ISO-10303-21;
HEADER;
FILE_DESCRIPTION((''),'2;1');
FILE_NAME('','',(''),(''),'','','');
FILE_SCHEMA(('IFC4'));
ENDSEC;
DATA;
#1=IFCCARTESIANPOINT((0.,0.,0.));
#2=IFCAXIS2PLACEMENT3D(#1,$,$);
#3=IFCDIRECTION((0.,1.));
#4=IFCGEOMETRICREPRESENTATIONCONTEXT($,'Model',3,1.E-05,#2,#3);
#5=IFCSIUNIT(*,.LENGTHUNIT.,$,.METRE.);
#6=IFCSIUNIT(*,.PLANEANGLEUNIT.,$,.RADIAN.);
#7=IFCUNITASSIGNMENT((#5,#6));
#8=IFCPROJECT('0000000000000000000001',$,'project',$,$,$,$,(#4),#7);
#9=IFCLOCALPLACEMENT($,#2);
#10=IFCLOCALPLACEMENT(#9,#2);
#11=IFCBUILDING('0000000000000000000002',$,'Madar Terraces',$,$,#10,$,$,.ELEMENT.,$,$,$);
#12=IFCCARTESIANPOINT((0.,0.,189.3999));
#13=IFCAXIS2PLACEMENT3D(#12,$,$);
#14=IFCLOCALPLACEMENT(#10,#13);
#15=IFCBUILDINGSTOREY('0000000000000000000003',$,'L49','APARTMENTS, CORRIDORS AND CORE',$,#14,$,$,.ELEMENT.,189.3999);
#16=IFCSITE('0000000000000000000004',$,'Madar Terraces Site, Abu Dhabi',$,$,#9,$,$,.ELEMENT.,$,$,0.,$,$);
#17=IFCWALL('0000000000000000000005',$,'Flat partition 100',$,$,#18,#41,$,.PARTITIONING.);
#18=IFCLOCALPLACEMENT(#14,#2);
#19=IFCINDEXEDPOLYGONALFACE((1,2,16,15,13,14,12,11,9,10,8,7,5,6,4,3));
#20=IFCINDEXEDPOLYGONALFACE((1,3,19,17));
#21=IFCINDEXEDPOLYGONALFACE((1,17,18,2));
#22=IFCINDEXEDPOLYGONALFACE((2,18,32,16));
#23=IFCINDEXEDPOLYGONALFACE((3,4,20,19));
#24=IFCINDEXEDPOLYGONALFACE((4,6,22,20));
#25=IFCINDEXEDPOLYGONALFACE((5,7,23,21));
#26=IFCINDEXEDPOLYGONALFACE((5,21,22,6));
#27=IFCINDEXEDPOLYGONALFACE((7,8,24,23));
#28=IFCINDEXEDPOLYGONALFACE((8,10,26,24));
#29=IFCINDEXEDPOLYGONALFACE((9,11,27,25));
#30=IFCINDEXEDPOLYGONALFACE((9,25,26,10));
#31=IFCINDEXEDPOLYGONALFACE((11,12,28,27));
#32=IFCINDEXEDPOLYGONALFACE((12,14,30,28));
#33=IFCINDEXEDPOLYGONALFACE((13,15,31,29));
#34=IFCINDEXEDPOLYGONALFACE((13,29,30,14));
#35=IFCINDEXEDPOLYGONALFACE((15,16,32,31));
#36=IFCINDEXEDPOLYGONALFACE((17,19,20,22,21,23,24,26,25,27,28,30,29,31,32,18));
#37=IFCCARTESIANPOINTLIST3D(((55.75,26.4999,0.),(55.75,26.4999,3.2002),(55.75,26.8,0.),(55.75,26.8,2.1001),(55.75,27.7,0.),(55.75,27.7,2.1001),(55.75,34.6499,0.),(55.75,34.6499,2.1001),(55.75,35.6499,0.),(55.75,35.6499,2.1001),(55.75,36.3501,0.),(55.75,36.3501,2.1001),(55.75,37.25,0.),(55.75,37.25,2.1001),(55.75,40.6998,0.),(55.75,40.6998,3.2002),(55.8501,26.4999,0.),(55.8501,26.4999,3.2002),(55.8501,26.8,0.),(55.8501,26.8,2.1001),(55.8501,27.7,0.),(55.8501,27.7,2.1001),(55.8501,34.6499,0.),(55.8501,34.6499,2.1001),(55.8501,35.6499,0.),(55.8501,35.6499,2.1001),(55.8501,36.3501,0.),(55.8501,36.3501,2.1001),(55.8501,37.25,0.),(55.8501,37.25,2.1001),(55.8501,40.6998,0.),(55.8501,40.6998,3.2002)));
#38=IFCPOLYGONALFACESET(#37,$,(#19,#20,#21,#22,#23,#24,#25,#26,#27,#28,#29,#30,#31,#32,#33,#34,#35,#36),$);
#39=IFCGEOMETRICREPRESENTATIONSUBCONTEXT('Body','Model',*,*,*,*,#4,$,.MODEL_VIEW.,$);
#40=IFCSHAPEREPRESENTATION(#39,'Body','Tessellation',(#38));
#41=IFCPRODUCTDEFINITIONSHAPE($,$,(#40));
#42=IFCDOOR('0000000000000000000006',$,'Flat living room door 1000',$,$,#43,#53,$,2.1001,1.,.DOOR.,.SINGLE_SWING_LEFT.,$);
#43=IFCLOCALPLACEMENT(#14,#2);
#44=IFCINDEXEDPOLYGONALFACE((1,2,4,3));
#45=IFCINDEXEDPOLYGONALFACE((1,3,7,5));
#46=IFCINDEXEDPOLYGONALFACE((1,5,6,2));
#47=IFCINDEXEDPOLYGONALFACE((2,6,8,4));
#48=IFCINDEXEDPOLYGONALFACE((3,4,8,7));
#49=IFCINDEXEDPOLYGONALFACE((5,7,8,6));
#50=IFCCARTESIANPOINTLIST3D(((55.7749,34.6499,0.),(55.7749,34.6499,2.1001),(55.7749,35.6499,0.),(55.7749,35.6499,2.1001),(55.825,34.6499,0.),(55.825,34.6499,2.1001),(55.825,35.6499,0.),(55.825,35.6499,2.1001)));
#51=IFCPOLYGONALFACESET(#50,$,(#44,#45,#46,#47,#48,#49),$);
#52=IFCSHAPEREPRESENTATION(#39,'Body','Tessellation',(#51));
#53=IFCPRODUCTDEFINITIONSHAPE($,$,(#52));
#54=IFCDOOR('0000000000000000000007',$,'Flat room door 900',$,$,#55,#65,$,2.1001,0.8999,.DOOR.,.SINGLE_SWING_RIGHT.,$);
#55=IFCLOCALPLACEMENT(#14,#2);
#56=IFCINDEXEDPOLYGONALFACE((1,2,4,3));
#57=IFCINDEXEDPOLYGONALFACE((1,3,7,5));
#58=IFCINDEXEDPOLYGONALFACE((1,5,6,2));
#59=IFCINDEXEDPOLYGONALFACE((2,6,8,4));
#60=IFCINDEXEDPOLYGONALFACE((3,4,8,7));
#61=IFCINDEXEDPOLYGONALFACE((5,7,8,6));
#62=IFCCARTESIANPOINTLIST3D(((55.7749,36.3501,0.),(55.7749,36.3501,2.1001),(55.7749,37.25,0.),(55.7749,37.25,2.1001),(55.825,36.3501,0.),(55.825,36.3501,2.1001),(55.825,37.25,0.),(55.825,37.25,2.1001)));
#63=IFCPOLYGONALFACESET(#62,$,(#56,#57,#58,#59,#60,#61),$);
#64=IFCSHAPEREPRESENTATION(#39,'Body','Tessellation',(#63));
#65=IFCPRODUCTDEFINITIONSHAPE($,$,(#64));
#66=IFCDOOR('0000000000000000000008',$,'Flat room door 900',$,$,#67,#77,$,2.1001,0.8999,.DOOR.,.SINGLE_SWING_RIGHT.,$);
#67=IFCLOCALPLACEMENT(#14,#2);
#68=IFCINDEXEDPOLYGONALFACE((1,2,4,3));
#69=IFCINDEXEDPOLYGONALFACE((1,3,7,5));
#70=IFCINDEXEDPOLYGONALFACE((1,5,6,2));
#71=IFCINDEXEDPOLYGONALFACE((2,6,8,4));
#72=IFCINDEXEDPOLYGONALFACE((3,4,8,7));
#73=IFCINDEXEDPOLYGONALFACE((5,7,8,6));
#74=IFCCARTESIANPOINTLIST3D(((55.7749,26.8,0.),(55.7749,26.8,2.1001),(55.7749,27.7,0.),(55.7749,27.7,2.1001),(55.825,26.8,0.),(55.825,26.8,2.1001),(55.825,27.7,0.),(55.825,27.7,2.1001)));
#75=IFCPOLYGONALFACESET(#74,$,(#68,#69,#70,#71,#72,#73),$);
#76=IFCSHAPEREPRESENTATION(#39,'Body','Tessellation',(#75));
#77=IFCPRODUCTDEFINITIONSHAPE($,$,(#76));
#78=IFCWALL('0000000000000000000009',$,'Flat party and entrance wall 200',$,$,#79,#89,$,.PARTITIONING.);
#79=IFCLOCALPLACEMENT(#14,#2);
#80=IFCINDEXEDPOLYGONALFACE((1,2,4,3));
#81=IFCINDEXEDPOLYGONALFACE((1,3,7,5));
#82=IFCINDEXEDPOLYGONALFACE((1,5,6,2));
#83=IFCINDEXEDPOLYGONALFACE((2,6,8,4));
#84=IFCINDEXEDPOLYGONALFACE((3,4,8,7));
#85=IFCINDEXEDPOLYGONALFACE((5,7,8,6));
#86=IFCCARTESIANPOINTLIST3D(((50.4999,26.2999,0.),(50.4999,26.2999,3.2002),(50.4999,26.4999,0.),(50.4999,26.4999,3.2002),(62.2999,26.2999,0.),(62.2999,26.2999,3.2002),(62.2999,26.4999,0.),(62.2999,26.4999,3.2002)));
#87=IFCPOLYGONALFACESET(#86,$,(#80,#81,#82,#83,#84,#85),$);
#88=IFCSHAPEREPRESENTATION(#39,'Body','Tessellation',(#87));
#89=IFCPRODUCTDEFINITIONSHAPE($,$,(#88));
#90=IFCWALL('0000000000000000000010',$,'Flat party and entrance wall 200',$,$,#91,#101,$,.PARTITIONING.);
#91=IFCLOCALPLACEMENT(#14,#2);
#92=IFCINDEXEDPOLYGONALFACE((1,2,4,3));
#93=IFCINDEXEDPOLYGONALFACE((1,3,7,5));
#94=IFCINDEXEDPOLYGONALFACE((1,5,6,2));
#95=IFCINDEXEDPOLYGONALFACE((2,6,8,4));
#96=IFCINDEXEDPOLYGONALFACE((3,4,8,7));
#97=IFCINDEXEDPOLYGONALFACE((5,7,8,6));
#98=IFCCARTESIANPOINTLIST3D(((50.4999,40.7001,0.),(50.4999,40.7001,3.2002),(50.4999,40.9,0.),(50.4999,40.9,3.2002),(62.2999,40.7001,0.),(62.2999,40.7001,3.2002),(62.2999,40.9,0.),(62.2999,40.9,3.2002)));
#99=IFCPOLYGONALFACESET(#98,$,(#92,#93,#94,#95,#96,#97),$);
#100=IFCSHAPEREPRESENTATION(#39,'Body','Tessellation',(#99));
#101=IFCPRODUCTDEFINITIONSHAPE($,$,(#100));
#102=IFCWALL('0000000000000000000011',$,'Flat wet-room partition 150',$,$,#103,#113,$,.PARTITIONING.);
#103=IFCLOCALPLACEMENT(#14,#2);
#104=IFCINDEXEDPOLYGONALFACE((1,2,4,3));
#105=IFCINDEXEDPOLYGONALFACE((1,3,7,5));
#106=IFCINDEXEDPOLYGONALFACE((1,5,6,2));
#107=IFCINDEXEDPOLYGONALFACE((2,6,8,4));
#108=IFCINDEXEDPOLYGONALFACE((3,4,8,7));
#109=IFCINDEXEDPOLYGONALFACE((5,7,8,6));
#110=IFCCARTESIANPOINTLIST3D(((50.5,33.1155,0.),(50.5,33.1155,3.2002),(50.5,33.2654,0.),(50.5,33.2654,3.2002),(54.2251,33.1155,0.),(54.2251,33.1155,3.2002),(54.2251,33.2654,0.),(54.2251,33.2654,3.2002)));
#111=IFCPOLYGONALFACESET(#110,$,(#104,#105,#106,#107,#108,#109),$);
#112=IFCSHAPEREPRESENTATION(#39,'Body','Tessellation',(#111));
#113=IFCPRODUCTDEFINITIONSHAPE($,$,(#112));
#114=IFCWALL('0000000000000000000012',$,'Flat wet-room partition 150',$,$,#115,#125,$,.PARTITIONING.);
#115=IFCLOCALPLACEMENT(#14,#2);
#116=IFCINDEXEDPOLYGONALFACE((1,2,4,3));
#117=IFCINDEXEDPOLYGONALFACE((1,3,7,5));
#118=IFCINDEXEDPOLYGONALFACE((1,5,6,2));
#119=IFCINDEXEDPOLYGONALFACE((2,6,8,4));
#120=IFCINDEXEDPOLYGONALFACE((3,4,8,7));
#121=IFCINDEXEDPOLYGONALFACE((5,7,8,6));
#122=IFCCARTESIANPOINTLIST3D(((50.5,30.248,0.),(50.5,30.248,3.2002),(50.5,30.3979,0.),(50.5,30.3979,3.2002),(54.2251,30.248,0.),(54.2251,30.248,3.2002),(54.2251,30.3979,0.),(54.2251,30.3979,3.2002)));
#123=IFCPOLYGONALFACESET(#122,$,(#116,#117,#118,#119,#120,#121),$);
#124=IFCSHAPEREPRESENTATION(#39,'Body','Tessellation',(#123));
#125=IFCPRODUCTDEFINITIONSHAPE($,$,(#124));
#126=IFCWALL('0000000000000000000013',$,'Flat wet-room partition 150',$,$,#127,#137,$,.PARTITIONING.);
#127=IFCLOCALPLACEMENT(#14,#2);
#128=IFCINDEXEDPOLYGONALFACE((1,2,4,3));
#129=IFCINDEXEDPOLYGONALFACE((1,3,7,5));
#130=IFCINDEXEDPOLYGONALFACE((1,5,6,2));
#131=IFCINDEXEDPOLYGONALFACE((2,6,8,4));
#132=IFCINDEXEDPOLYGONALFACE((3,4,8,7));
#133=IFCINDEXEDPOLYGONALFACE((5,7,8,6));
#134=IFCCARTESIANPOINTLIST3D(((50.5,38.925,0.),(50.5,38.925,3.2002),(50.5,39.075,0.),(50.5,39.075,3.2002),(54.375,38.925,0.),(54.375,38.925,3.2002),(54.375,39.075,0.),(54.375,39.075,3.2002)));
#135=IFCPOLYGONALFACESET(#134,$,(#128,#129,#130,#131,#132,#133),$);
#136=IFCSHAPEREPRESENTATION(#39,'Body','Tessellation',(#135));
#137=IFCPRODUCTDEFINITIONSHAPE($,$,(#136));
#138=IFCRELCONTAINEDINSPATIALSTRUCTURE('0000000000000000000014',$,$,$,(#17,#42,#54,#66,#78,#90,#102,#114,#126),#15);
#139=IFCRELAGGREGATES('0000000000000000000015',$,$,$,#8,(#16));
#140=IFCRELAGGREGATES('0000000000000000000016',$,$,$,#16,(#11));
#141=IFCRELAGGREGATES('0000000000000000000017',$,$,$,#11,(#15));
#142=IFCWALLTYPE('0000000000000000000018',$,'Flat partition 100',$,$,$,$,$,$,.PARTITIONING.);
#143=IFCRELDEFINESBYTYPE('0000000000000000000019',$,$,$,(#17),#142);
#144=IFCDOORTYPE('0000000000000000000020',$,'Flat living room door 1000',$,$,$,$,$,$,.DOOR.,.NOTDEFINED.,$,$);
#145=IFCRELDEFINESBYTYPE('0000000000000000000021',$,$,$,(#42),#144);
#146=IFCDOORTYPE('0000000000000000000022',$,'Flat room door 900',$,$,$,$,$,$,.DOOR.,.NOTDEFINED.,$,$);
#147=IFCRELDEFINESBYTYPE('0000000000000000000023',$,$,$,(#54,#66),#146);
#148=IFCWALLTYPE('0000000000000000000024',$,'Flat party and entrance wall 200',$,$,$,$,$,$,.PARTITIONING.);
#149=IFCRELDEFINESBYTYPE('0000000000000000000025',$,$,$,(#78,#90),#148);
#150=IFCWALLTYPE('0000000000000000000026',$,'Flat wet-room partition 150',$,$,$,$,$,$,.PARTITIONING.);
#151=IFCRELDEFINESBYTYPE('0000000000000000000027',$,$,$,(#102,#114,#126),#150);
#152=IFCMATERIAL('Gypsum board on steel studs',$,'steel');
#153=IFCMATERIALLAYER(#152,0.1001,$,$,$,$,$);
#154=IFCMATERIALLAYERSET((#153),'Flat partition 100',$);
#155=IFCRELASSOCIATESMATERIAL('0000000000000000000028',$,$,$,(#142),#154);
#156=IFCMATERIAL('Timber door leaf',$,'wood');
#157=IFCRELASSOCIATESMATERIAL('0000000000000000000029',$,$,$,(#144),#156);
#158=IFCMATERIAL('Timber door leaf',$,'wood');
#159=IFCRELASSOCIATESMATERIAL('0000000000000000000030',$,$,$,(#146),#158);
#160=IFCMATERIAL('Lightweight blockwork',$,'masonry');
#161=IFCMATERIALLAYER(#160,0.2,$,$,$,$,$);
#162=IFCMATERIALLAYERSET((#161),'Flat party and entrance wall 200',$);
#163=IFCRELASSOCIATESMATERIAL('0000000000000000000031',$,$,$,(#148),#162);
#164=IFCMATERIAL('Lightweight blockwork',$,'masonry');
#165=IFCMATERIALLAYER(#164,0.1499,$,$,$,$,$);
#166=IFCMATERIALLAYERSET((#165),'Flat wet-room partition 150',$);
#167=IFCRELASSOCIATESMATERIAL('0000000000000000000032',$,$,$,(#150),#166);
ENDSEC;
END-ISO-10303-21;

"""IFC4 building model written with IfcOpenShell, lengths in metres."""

from ifc_helpers import new_model, si_unit, direction, frame, frame_2d, origin, place, context, subcontext, project, spatial, rectangle, extrude, material, layer, layer_set, type_object, element, fill, save


model = new_model("IFC4")

# Units and contexts
model_context = context("Model", 3, precision=1e-05, world=origin(), true_north=direction((0.0, 1.0)))
body_context = subcontext(model_context, "Body", "Model", "MODEL_VIEW")
ifc_project = project(units=[si_unit("LENGTHUNIT", "METRE"), si_unit("PLANEANGLEUNIT", "RADIAN")], contexts=[model_context])

# Site, building, storey
site_placement = place(None, origin())
site = spatial("IfcSite", under=ifc_project, at=site_placement, Name="Madar Terraces Site, Abu Dhabi", CompositionType="ELEMENT", RefElevation=0.0)
building_placement = place(site_placement, origin())
building = spatial("IfcBuilding", under=site, at=building_placement, Name="Madar Terraces", CompositionType="ELEMENT")
storey_placement = place(building_placement, frame((0.0, 0.0, 189.3999)))
storey = spatial("IfcBuildingStorey", under=building, at=storey_placement, Name="L49", Description="APARTMENTS, CORRIDORS AND CORE", CompositionType="ELEMENT", Elevation=189.3999)

# Shared definitions
ifc_material_1 = material(Name="Gypsum board on steel studs", Category="steel")
ifc_layer_1 = layer(ifc_material_1, 0.1001)
ifc_layer_set_1 = layer_set([ifc_layer_1], Name="Flat partition 100")
wall_type_1 = type_object("IfcWallType", Name="Flat partition 100", PredefinedType="PARTITIONING", material=ifc_layer_set_1)
ifc_material_2 = material(Name="Timber door leaf", Category="wood")
door_type_1 = type_object("IfcDoorType", Name="Flat living room door 1000", OperationType="NOTDEFINED", PredefinedType="DOOR", material=ifc_material_2)

# Wall, openings, doors
wall_1_placement = place(storey_placement, frame((55.8, 40.7, 0.0), z_axis=(0.0, 0.0, 1.0), x_axis=(0.0, -1.0, 0.0)))
wall_1 = element("IfcWall", 1, at=wall_1_placement, inside=storey, type_object=wall_type_1, Name="Flat partition 100", PredefinedType="PARTITIONING", context=body_context, shape_type="SweptSolid", body=[
    extrude(rectangle(XDim=14.2, YDim=0.1001, at=frame_2d((7.1001, 0.0))), origin(), (0.0, 0.0, 1.0), 3.2002),
])
opening_1_placement = place(wall_1_placement, frame((3.45, 0.0, 0.0)))
opening_1 = element("IfcOpeningElement", 2, at=opening_1_placement, cuts=wall_1, PredefinedType="OPENING", context=body_context, shape_type="SweptSolid", body=[
    extrude(rectangle(XDim=0.8999, YDim=2.1001, at=frame_2d((0.45, 1.05))), frame((0.0, 0.0601, 0.0), z_axis=(0.0, -1.0, 0.0), x_axis=(1.0, 0.0, 0.0)), (0.0, 0.0, 1.0), 0.1201),
])
opening_2_placement = place(wall_1_placement, frame((5.05, 0.0, 0.0)))
opening_2 = element("IfcOpeningElement", 3, at=opening_2_placement, cuts=wall_1, PredefinedType="OPENING", context=body_context, shape_type="SweptSolid", body=[
    extrude(rectangle(XDim=1.0, YDim=2.1001, at=frame_2d((0.5, 1.05))), frame((0.0, 0.0601, 0.0), z_axis=(0.0, -1.0, 0.0), x_axis=(1.0, 0.0, 0.0)), (0.0, 0.0, 1.0), 0.1201),
])
opening_3_placement = place(wall_1_placement, frame((13.0, 0.0, 0.0)))
opening_3 = element("IfcOpeningElement", 4, at=opening_3_placement, cuts=wall_1, PredefinedType="OPENING", context=body_context, shape_type="SweptSolid", body=[
    extrude(rectangle(XDim=0.8999, YDim=2.1001, at=frame_2d((0.45, 1.05))), frame((0.0, 0.0601, 0.0), z_axis=(0.0, -1.0, 0.0), x_axis=(1.0, 0.0, 0.0)), (0.0, 0.0, 1.0), 0.1201),
])
door_1_placement = place(opening_2_placement, origin())
door_1 = element("IfcDoor", 5, at=door_1_placement, inside=storey, type_object=door_type_1, Name="Flat living room door 1000", OperationType="SINGLE_SWING_LEFT", OverallHeight=2.1001, OverallWidth=1.0, PredefinedType="DOOR", context=body_context, shape_type="SweptSolid", body=[
    extrude(rectangle(XDim=1.0, YDim=2.1001, at=frame_2d((0.5, 1.05))), frame((0.0, 0.0249, 0.0), z_axis=(0.0, -1.0, 0.0), x_axis=(1.0, 0.0, 0.0)), (0.0, 0.0, 1.0), 0.05),
])
fill(opening_2, door_1)
ifc_material_3 = material(Name="Timber door leaf", Category="wood")
door_type_2 = type_object("IfcDoorType", Name="Flat room door 900", OperationType="NOTDEFINED", PredefinedType="DOOR", material=ifc_material_3)
door_2_placement = place(opening_1_placement, origin())
door_2 = element("IfcDoor", 6, at=door_2_placement, inside=storey, type_object=door_type_2, Name="Flat room door 900", OperationType="SINGLE_SWING_RIGHT", OverallHeight=2.1001, OverallWidth=0.8999, PredefinedType="DOOR", context=body_context, shape_type="SweptSolid", body=[
    extrude(rectangle(XDim=0.8999, YDim=2.1001, at=frame_2d((0.45, 1.05))), frame((0.0, 0.0249, 0.0), z_axis=(0.0, -1.0, 0.0), x_axis=(1.0, 0.0, 0.0)), (0.0, 0.0, 1.0), 0.05),
])
fill(opening_1, door_2)
door_3_placement = place(opening_3_placement, origin())
door_3 = element("IfcDoor", 7, at=door_3_placement, inside=storey, type_object=door_type_2, Name="Flat room door 900", OperationType="SINGLE_SWING_RIGHT", OverallHeight=2.1001, OverallWidth=0.8999, PredefinedType="DOOR", context=body_context, shape_type="SweptSolid", body=[
    extrude(rectangle(XDim=0.8999, YDim=2.1001, at=frame_2d((0.45, 1.05))), frame((0.0, 0.0249, 0.0), z_axis=(0.0, -1.0, 0.0), x_axis=(1.0, 0.0, 0.0)), (0.0, 0.0, 1.0), 0.05),
])
fill(opening_3, door_3)

# Walls
ifc_material_4 = material(Name="Lightweight blockwork", Category="masonry")
ifc_layer_2 = layer(ifc_material_4, 0.2)
ifc_layer_set_2 = layer_set([ifc_layer_2], Name="Flat party and entrance wall 200")
wall_type_2 = type_object("IfcWallType", Name="Flat party and entrance wall 200", PredefinedType="PARTITIONING", material=ifc_layer_set_2)
for number, where, z_axis, x_axis, name in (
    (8, (50.5, 26.3999, 0.0), (0.0, 0.0, 1.0), (1.0, 0.0, 0.0), "Flat party and entrance wall 200"),
    (9, (50.5, 40.8, 0.0), (0.0, 0.0, 1.0), (1.0, 0.0, 0.0), "Flat party and entrance wall 200"),
):
    element("IfcWall", number, at=place(storey_placement, frame(where, z_axis=z_axis, x_axis=x_axis)), inside=storey, type_object=wall_type_2, Name=name, PredefinedType="PARTITIONING", context=body_context, shape_type="SweptSolid", body=[
        extrude(rectangle(XDim=11.8, YDim=0.2, at=frame_2d((5.8999, 0.0))), origin(), (0.0, 0.0, 1.0), 3.2002),
    ])
ifc_material_5 = material(Name="Lightweight blockwork", Category="masonry")
ifc_layer_3 = layer(ifc_material_5, 0.1499)
ifc_layer_set_3 = layer_set([ifc_layer_3], Name="Flat wet-room partition 150")
wall_type_3 = type_object("IfcWallType", Name="Flat wet-room partition 150", PredefinedType="PARTITIONING", material=ifc_layer_set_3)
for number, where, z_axis, x_axis, name in (
    (10, (50.5, 33.1904, 0.0), (0.0, 0.0, 1.0), (1.0, 0.0, 0.0), "Flat wet-room partition 150"),
    (11, (50.5, 30.323, 0.0), (0.0, 0.0, 1.0), (1.0, 0.0, 0.0), "Flat wet-room partition 150"),
):
    element("IfcWall", number, at=place(storey_placement, frame(where, z_axis=z_axis, x_axis=x_axis)), inside=storey, type_object=wall_type_3, Name=name, PredefinedType="PARTITIONING", context=body_context, shape_type="SweptSolid", body=[
        extrude(rectangle(XDim=3.7251, YDim=0.1499, at=frame_2d((1.8625, 0.0))), origin(), (0.0, 0.0, 1.0), 3.2002),
    ])
wall_2_placement = place(storey_placement, frame((50.5, 39.0, 0.0), z_axis=(0.0, 0.0, 1.0), x_axis=(1.0, 0.0, 0.0)))
element("IfcWall", 12, at=wall_2_placement, inside=storey, type_object=wall_type_3, Name="Flat wet-room partition 150", PredefinedType="PARTITIONING", context=body_context, shape_type="SweptSolid", body=[
    extrude(rectangle(XDim=3.875, YDim=0.1499, at=frame_2d((1.9375, 0.0))), origin(), (0.0, 0.0, 1.0), 3.2002),
])

save(model, "model.ifc")
